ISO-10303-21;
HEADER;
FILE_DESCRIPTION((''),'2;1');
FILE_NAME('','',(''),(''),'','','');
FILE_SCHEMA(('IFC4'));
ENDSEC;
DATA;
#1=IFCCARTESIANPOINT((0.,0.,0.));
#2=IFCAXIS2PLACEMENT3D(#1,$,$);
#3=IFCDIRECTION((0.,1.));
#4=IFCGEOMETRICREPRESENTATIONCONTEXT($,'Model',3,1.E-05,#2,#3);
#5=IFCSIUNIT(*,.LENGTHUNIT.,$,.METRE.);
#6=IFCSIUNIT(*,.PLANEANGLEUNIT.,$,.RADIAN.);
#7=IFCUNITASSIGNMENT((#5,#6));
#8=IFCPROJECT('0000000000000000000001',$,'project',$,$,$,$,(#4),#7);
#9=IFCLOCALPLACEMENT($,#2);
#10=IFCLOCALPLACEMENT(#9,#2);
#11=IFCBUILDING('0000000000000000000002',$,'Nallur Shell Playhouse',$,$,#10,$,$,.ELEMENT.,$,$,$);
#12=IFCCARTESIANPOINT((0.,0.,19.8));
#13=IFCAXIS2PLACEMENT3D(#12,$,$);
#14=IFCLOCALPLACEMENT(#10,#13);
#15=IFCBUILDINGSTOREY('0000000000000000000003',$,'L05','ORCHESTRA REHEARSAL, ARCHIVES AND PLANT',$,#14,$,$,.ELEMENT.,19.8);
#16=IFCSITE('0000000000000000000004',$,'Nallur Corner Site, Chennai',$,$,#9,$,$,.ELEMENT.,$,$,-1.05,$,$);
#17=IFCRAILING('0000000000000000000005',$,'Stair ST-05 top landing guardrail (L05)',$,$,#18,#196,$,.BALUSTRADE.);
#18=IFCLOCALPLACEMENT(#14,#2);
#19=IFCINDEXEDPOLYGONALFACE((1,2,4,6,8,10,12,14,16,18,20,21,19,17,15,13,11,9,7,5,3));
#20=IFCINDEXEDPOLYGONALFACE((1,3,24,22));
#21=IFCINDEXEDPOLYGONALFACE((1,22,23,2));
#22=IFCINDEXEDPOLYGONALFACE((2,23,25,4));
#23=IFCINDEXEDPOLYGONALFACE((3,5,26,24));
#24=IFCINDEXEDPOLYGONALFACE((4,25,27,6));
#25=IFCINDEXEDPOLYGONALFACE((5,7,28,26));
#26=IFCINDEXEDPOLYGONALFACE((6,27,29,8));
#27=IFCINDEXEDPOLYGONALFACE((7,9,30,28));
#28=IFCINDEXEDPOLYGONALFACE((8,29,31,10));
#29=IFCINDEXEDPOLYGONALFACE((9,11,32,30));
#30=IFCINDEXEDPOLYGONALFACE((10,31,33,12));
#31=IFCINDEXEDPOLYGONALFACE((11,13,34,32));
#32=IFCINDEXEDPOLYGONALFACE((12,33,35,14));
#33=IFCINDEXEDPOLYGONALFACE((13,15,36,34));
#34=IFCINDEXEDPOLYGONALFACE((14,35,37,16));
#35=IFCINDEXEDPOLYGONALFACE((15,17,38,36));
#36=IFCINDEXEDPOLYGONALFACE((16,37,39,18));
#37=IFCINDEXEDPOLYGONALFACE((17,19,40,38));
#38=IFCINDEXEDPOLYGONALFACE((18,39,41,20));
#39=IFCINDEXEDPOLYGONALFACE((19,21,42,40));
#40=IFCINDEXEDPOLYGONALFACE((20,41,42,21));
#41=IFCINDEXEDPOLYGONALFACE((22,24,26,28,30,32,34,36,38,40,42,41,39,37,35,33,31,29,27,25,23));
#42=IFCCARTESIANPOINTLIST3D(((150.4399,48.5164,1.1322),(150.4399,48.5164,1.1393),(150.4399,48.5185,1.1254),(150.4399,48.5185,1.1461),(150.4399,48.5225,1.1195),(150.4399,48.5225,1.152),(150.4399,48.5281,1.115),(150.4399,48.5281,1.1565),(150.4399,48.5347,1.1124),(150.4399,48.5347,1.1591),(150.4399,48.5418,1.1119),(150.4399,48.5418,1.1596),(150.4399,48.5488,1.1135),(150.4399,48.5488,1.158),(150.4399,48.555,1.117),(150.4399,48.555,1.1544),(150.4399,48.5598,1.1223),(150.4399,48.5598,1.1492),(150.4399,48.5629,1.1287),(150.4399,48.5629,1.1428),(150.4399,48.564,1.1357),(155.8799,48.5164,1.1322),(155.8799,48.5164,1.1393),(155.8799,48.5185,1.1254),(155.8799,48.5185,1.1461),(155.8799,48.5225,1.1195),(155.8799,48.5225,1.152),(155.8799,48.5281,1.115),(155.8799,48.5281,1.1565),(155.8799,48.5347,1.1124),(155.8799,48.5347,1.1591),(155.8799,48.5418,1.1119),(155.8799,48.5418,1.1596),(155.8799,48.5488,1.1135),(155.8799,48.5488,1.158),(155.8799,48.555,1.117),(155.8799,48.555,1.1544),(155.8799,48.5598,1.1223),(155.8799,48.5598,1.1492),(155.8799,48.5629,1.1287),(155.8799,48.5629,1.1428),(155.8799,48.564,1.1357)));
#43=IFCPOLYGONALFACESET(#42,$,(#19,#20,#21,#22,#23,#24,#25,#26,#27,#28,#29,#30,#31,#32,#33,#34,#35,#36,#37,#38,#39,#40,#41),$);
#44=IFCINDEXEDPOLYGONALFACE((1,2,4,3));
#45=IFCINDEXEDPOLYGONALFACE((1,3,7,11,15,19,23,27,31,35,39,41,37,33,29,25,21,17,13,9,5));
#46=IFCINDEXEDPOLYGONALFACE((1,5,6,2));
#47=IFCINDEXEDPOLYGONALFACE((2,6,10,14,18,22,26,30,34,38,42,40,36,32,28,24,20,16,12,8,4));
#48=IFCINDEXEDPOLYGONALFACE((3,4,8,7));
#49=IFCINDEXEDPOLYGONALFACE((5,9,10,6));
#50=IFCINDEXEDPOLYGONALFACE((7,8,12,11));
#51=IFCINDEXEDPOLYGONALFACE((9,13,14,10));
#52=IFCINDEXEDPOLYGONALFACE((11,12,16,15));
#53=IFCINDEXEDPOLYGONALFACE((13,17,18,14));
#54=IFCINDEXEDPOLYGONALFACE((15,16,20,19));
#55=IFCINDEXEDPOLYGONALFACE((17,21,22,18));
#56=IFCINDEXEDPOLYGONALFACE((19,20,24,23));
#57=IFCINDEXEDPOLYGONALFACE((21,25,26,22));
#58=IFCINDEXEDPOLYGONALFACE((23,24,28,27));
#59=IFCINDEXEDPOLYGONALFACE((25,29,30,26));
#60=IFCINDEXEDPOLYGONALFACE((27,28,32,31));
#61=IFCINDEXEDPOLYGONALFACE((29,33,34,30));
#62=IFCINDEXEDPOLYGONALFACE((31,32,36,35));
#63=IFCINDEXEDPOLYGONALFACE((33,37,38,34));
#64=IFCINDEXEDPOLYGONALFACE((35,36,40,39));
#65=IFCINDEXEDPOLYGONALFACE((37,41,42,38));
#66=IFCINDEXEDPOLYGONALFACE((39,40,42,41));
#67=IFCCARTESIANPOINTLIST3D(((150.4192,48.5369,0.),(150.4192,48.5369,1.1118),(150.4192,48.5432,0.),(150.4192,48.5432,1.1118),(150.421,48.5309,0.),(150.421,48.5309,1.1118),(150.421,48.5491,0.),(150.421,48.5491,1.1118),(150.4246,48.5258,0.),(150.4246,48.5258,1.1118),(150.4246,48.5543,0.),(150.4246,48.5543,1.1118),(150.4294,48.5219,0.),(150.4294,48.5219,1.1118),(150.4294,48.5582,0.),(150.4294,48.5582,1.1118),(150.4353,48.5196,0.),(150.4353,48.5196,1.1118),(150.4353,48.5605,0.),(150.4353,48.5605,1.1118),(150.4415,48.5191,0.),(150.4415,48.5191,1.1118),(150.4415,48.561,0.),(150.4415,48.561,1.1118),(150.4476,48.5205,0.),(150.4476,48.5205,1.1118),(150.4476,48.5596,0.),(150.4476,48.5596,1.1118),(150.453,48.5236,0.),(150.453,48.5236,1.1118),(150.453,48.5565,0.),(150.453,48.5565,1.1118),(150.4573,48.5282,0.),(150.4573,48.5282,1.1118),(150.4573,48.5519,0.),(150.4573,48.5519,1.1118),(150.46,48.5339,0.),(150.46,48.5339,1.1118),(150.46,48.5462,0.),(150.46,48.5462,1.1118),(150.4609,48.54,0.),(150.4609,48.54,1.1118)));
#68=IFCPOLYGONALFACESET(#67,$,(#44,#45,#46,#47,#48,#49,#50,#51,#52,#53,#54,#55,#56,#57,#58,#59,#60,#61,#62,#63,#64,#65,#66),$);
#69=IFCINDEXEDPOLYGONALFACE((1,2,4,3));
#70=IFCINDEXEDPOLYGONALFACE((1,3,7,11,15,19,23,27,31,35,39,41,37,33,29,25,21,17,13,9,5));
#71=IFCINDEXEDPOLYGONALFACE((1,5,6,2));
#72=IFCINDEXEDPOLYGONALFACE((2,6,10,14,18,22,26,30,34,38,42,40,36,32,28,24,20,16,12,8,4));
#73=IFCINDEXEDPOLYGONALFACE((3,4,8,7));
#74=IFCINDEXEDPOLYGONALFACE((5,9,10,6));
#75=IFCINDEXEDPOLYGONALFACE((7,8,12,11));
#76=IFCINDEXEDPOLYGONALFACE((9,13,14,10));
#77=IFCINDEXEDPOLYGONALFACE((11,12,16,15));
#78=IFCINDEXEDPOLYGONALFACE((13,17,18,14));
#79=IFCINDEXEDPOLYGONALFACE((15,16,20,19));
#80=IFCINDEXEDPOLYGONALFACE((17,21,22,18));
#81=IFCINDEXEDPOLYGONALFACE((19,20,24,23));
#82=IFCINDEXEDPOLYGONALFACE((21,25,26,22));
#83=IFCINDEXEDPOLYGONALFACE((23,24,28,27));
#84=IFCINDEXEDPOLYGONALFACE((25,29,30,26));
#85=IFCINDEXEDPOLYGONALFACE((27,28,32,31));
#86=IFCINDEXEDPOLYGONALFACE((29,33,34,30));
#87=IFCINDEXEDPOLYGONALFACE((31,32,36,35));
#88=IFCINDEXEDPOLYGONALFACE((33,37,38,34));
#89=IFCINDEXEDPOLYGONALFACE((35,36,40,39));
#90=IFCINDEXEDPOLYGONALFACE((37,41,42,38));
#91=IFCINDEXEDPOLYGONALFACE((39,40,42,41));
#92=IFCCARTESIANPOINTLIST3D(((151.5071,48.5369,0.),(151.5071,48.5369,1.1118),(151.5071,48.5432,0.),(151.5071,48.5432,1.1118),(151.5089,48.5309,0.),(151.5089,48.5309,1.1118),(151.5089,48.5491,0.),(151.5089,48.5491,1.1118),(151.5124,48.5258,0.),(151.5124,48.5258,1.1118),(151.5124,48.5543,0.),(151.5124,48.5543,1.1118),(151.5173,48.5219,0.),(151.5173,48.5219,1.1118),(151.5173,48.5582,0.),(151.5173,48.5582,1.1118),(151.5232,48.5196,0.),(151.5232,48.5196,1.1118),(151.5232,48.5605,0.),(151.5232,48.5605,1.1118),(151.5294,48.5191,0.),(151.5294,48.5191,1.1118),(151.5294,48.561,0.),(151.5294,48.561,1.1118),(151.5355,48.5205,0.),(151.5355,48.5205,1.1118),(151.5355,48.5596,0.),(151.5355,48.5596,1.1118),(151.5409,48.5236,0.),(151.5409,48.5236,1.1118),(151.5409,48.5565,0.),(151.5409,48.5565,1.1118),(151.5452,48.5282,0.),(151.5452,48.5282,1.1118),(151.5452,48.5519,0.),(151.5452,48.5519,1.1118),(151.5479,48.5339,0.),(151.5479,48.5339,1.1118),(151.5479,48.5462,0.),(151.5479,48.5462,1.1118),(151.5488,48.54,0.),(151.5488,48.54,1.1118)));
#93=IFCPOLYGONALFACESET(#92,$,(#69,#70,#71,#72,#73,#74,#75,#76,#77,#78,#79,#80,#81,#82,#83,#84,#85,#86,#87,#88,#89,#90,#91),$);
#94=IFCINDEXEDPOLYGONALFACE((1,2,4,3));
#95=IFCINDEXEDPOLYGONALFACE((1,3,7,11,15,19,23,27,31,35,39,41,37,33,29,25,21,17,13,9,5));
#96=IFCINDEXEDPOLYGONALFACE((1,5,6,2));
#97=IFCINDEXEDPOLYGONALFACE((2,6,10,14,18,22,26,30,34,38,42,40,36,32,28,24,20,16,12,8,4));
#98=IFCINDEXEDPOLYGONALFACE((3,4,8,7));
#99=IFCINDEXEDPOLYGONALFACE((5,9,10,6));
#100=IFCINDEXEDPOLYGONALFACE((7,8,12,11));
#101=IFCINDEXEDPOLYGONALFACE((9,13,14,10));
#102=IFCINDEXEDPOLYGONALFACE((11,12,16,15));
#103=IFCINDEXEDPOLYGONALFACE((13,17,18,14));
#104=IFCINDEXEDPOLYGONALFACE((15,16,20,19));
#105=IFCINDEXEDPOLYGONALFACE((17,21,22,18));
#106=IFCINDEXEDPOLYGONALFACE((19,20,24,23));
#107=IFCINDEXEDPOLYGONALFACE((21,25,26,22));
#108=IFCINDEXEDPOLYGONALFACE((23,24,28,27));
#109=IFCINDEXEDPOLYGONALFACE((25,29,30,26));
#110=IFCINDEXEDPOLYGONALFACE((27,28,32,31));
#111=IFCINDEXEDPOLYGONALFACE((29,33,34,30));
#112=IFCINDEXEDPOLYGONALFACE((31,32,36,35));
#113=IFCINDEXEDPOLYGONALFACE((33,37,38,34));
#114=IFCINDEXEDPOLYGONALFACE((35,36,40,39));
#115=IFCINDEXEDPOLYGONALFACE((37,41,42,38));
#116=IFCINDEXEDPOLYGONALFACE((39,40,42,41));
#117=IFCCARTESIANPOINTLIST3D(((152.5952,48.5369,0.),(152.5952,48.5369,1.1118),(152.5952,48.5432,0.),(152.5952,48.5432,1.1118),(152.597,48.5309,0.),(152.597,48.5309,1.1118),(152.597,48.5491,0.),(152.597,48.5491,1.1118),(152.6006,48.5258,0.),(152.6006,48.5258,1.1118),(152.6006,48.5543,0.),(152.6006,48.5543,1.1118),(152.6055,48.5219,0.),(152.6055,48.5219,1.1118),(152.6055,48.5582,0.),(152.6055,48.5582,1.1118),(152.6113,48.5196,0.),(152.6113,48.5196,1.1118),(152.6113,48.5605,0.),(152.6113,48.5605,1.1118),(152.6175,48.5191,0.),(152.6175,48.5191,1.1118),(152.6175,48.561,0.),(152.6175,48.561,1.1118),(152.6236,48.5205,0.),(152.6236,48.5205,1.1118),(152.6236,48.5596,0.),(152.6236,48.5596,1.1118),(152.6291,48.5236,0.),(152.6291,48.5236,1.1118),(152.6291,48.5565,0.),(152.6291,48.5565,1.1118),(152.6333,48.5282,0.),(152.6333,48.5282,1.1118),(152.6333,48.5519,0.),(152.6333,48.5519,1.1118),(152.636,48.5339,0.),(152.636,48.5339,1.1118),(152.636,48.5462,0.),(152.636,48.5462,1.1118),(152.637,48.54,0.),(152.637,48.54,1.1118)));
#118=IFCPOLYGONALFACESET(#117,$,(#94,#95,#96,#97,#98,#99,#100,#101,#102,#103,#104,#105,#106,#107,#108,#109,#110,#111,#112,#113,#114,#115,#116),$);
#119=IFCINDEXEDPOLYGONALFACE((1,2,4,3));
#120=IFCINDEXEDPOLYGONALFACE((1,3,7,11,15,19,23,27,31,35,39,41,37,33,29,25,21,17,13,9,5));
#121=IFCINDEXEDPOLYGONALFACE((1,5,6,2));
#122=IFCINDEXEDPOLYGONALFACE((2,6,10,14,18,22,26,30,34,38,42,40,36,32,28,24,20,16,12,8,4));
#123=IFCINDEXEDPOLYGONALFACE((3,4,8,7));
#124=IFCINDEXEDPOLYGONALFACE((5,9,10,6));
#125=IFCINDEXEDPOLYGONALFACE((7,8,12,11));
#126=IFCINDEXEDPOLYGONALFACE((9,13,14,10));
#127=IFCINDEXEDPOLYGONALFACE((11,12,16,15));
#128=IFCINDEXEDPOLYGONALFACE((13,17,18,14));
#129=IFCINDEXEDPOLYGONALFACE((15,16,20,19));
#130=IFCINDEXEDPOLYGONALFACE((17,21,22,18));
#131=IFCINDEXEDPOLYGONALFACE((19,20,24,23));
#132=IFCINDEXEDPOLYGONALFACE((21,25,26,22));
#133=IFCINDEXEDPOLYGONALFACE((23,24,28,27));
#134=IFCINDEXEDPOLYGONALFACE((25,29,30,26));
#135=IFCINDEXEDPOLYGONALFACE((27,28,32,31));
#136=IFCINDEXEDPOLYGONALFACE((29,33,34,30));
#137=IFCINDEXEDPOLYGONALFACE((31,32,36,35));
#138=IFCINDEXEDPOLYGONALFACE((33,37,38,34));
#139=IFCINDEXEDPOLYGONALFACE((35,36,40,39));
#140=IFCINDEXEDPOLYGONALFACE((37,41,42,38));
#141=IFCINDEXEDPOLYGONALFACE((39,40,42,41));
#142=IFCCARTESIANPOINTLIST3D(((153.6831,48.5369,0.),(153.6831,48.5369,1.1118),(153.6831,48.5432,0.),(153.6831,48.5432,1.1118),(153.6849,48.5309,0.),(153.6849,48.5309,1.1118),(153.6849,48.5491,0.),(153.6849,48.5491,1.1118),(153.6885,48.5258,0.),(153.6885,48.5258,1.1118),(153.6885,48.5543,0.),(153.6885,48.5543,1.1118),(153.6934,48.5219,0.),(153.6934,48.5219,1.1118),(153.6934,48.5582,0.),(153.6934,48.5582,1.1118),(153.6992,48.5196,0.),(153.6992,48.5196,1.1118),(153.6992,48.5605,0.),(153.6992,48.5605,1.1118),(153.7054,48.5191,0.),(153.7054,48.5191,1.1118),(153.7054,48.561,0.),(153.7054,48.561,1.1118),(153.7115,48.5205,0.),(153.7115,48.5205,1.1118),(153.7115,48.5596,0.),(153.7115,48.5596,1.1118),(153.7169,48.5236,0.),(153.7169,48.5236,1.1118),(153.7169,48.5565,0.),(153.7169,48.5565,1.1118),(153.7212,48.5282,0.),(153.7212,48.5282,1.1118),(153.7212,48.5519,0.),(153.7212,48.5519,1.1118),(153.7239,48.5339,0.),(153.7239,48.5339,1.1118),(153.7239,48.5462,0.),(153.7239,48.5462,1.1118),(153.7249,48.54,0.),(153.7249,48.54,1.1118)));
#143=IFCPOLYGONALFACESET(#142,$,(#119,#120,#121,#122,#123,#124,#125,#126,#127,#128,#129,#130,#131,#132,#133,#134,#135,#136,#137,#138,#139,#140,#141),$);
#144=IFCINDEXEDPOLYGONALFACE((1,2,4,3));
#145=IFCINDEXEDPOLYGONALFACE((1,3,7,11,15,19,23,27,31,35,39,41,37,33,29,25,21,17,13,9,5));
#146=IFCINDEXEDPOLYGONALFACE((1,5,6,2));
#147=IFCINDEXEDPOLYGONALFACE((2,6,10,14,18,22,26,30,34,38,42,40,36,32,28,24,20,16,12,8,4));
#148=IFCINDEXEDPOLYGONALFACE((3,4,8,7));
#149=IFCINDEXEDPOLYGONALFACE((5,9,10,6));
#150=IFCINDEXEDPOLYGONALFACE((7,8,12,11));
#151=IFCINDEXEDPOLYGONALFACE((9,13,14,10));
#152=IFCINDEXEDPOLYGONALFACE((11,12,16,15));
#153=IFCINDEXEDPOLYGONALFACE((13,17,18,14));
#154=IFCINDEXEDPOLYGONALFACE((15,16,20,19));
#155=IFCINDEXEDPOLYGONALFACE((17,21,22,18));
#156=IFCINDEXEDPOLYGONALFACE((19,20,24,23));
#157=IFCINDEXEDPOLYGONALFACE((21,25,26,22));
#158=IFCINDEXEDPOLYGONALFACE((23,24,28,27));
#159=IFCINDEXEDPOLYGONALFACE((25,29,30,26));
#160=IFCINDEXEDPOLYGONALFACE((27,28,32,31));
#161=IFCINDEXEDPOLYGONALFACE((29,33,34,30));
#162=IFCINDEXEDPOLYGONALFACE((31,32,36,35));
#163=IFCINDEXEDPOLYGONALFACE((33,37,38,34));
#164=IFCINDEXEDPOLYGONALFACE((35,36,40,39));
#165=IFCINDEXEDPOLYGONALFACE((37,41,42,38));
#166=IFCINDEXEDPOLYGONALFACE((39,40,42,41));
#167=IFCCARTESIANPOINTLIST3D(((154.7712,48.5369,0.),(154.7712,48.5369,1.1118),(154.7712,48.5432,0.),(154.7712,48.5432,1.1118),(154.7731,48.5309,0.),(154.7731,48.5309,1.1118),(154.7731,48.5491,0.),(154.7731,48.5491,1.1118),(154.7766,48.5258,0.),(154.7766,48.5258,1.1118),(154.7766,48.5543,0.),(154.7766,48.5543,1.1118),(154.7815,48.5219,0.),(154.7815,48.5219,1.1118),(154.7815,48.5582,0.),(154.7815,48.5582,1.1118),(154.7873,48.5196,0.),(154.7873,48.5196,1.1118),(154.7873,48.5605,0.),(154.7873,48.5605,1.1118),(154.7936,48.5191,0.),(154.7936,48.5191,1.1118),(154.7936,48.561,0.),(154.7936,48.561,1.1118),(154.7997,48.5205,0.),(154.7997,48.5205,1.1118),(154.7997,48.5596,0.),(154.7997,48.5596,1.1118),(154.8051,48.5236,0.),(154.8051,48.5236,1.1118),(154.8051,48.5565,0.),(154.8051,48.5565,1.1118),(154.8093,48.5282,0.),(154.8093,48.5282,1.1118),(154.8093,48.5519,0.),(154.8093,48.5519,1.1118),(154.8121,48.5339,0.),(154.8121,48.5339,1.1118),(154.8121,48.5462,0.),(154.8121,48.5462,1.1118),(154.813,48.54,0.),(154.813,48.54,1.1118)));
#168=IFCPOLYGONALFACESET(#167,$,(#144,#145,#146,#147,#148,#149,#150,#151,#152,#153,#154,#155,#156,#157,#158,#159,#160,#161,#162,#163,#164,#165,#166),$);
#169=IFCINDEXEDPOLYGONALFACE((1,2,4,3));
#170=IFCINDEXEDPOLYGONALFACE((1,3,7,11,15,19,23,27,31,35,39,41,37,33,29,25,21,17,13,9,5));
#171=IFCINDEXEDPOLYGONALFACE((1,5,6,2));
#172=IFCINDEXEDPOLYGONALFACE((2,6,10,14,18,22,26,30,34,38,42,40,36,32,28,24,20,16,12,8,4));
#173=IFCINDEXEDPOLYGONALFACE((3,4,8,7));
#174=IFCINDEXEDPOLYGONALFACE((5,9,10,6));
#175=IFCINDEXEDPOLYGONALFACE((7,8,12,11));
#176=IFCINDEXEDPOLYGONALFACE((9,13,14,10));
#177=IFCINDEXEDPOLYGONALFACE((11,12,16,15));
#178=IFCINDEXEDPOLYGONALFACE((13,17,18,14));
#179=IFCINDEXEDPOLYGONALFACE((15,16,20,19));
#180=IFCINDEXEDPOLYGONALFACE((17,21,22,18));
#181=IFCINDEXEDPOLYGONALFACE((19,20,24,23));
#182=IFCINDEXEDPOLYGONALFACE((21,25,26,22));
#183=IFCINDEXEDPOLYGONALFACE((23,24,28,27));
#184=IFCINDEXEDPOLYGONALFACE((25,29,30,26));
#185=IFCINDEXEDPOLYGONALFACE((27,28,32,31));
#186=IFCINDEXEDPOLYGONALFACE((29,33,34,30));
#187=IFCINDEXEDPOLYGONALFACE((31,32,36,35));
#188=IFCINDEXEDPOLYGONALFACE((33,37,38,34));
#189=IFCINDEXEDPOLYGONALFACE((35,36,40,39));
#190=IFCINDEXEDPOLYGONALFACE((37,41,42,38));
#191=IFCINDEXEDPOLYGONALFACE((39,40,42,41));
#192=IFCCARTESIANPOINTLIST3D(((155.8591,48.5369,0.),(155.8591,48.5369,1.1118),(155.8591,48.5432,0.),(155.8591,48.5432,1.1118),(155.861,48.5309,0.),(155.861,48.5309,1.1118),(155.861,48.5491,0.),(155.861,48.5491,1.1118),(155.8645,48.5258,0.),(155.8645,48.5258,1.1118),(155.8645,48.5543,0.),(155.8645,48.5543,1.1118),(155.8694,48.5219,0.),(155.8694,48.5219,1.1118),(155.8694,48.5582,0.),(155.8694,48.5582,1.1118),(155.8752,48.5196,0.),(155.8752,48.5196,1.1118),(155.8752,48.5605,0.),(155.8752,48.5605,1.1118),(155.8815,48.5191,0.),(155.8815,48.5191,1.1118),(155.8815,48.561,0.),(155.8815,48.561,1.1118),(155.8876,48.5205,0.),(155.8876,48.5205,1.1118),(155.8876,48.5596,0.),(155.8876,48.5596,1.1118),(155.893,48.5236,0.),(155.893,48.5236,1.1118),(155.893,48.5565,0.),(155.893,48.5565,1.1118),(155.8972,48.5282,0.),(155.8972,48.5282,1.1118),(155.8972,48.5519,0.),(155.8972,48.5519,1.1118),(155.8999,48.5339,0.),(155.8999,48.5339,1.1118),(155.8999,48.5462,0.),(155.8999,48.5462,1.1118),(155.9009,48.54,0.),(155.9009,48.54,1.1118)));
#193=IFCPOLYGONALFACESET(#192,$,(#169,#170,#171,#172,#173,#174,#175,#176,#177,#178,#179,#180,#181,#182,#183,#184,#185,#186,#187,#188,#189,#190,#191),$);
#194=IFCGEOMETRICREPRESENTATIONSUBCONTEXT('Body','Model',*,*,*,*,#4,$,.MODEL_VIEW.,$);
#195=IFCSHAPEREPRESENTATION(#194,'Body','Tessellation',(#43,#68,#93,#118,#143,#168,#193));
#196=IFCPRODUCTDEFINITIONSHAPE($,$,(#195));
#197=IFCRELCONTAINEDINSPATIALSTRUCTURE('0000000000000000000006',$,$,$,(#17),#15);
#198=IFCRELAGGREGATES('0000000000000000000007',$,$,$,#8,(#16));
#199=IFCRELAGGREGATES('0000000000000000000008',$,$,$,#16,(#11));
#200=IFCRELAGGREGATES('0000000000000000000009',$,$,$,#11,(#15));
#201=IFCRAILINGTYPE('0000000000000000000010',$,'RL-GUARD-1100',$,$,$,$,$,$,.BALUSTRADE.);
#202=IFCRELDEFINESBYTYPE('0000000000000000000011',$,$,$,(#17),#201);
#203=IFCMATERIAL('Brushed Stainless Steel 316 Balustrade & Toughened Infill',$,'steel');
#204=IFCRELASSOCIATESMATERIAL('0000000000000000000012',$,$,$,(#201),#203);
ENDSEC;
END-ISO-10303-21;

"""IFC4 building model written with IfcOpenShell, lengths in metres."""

from ifc_helpers import new_model, si_unit, direction, frame, origin, origin_2d, place, context, subcontext, project, spatial, circle, extrude, material, type_object, element, save


model = new_model("IFC4")

# Units and contexts
model_context = context("Model", 3, precision=1e-05, world=origin(), true_north=direction((0.0, 1.0)))
body_context = subcontext(model_context, "Body", "Model", "MODEL_VIEW")
ifc_project = project(units=[si_unit("LENGTHUNIT", "METRE"), si_unit("PLANEANGLEUNIT", "RADIAN")], contexts=[model_context])

# Site, building, storey
site_placement = place(None, origin())
site = spatial("IfcSite", under=ifc_project, at=site_placement, Name="Nallur Corner Site, Chennai", CompositionType="ELEMENT", RefElevation=-1.05)
building_placement = place(site_placement, origin())
building = spatial("IfcBuilding", under=site, at=building_placement, Name="Nallur Shell Playhouse", CompositionType="ELEMENT")
storey_placement = place(building_placement, frame((0.0, 0.0, 19.8)))
storey = spatial("IfcBuildingStorey", under=building, at=storey_placement, Name="L05", Description="ORCHESTRA REHEARSAL, ARCHIVES AND PLANT", CompositionType="ELEMENT", Elevation=19.8)

# Railing
ifc_material_1 = material(Name="Brushed Stainless Steel 316 Balustrade & Toughened Infill", Category="steel")
railing_type = type_object("IfcRailingType", Name="RL-GUARD-1100", PredefinedType="BALUSTRADE", material=ifc_material_1)
railing_placement = place(storey_placement, frame((150.4399, 48.54, 0.0)))
element("IfcRailing", 1, at=railing_placement, inside=storey, type_object=railing_type, Name="Stair ST-05 top landing guardrail (L05)", PredefinedType="BALUSTRADE", context=body_context, shape_type="SweptSolid", body=[
    extrude(circle(Radius=0.0239, at=origin_2d()), frame((0.0, 0.0, 1.1357), z_axis=(1.0, 0.0, 0.0), x_axis=(0.0, 1.0, 0.0)), (0.0, 0.0, 1.0), 5.4399),
    extrude(circle(Radius=0.021, at=origin_2d()), origin(), (0.0, 0.0, 1.0), 1.1118),
    extrude(circle(Radius=0.021, at=origin_2d()), frame((1.0879, 0.0, 0.0)), (0.0, 0.0, 1.0), 1.1118),
    extrude(circle(Radius=0.021, at=origin_2d()), frame((2.176, 0.0, 0.0)), (0.0, 0.0, 1.0), 1.1118),
    extrude(circle(Radius=0.021, at=origin_2d()), frame((3.2639, 0.0, 0.0)), (0.0, 0.0, 1.0), 1.1118),
    extrude(circle(Radius=0.021, at=origin_2d()), frame((4.3521, 0.0, 0.0)), (0.0, 0.0, 1.0), 1.1118),
    extrude(circle(Radius=0.021, at=origin_2d()), frame((5.4399, 0.0, 0.0)), (0.0, 0.0, 1.0), 1.1118),
])

save(model, "model.ifc")
